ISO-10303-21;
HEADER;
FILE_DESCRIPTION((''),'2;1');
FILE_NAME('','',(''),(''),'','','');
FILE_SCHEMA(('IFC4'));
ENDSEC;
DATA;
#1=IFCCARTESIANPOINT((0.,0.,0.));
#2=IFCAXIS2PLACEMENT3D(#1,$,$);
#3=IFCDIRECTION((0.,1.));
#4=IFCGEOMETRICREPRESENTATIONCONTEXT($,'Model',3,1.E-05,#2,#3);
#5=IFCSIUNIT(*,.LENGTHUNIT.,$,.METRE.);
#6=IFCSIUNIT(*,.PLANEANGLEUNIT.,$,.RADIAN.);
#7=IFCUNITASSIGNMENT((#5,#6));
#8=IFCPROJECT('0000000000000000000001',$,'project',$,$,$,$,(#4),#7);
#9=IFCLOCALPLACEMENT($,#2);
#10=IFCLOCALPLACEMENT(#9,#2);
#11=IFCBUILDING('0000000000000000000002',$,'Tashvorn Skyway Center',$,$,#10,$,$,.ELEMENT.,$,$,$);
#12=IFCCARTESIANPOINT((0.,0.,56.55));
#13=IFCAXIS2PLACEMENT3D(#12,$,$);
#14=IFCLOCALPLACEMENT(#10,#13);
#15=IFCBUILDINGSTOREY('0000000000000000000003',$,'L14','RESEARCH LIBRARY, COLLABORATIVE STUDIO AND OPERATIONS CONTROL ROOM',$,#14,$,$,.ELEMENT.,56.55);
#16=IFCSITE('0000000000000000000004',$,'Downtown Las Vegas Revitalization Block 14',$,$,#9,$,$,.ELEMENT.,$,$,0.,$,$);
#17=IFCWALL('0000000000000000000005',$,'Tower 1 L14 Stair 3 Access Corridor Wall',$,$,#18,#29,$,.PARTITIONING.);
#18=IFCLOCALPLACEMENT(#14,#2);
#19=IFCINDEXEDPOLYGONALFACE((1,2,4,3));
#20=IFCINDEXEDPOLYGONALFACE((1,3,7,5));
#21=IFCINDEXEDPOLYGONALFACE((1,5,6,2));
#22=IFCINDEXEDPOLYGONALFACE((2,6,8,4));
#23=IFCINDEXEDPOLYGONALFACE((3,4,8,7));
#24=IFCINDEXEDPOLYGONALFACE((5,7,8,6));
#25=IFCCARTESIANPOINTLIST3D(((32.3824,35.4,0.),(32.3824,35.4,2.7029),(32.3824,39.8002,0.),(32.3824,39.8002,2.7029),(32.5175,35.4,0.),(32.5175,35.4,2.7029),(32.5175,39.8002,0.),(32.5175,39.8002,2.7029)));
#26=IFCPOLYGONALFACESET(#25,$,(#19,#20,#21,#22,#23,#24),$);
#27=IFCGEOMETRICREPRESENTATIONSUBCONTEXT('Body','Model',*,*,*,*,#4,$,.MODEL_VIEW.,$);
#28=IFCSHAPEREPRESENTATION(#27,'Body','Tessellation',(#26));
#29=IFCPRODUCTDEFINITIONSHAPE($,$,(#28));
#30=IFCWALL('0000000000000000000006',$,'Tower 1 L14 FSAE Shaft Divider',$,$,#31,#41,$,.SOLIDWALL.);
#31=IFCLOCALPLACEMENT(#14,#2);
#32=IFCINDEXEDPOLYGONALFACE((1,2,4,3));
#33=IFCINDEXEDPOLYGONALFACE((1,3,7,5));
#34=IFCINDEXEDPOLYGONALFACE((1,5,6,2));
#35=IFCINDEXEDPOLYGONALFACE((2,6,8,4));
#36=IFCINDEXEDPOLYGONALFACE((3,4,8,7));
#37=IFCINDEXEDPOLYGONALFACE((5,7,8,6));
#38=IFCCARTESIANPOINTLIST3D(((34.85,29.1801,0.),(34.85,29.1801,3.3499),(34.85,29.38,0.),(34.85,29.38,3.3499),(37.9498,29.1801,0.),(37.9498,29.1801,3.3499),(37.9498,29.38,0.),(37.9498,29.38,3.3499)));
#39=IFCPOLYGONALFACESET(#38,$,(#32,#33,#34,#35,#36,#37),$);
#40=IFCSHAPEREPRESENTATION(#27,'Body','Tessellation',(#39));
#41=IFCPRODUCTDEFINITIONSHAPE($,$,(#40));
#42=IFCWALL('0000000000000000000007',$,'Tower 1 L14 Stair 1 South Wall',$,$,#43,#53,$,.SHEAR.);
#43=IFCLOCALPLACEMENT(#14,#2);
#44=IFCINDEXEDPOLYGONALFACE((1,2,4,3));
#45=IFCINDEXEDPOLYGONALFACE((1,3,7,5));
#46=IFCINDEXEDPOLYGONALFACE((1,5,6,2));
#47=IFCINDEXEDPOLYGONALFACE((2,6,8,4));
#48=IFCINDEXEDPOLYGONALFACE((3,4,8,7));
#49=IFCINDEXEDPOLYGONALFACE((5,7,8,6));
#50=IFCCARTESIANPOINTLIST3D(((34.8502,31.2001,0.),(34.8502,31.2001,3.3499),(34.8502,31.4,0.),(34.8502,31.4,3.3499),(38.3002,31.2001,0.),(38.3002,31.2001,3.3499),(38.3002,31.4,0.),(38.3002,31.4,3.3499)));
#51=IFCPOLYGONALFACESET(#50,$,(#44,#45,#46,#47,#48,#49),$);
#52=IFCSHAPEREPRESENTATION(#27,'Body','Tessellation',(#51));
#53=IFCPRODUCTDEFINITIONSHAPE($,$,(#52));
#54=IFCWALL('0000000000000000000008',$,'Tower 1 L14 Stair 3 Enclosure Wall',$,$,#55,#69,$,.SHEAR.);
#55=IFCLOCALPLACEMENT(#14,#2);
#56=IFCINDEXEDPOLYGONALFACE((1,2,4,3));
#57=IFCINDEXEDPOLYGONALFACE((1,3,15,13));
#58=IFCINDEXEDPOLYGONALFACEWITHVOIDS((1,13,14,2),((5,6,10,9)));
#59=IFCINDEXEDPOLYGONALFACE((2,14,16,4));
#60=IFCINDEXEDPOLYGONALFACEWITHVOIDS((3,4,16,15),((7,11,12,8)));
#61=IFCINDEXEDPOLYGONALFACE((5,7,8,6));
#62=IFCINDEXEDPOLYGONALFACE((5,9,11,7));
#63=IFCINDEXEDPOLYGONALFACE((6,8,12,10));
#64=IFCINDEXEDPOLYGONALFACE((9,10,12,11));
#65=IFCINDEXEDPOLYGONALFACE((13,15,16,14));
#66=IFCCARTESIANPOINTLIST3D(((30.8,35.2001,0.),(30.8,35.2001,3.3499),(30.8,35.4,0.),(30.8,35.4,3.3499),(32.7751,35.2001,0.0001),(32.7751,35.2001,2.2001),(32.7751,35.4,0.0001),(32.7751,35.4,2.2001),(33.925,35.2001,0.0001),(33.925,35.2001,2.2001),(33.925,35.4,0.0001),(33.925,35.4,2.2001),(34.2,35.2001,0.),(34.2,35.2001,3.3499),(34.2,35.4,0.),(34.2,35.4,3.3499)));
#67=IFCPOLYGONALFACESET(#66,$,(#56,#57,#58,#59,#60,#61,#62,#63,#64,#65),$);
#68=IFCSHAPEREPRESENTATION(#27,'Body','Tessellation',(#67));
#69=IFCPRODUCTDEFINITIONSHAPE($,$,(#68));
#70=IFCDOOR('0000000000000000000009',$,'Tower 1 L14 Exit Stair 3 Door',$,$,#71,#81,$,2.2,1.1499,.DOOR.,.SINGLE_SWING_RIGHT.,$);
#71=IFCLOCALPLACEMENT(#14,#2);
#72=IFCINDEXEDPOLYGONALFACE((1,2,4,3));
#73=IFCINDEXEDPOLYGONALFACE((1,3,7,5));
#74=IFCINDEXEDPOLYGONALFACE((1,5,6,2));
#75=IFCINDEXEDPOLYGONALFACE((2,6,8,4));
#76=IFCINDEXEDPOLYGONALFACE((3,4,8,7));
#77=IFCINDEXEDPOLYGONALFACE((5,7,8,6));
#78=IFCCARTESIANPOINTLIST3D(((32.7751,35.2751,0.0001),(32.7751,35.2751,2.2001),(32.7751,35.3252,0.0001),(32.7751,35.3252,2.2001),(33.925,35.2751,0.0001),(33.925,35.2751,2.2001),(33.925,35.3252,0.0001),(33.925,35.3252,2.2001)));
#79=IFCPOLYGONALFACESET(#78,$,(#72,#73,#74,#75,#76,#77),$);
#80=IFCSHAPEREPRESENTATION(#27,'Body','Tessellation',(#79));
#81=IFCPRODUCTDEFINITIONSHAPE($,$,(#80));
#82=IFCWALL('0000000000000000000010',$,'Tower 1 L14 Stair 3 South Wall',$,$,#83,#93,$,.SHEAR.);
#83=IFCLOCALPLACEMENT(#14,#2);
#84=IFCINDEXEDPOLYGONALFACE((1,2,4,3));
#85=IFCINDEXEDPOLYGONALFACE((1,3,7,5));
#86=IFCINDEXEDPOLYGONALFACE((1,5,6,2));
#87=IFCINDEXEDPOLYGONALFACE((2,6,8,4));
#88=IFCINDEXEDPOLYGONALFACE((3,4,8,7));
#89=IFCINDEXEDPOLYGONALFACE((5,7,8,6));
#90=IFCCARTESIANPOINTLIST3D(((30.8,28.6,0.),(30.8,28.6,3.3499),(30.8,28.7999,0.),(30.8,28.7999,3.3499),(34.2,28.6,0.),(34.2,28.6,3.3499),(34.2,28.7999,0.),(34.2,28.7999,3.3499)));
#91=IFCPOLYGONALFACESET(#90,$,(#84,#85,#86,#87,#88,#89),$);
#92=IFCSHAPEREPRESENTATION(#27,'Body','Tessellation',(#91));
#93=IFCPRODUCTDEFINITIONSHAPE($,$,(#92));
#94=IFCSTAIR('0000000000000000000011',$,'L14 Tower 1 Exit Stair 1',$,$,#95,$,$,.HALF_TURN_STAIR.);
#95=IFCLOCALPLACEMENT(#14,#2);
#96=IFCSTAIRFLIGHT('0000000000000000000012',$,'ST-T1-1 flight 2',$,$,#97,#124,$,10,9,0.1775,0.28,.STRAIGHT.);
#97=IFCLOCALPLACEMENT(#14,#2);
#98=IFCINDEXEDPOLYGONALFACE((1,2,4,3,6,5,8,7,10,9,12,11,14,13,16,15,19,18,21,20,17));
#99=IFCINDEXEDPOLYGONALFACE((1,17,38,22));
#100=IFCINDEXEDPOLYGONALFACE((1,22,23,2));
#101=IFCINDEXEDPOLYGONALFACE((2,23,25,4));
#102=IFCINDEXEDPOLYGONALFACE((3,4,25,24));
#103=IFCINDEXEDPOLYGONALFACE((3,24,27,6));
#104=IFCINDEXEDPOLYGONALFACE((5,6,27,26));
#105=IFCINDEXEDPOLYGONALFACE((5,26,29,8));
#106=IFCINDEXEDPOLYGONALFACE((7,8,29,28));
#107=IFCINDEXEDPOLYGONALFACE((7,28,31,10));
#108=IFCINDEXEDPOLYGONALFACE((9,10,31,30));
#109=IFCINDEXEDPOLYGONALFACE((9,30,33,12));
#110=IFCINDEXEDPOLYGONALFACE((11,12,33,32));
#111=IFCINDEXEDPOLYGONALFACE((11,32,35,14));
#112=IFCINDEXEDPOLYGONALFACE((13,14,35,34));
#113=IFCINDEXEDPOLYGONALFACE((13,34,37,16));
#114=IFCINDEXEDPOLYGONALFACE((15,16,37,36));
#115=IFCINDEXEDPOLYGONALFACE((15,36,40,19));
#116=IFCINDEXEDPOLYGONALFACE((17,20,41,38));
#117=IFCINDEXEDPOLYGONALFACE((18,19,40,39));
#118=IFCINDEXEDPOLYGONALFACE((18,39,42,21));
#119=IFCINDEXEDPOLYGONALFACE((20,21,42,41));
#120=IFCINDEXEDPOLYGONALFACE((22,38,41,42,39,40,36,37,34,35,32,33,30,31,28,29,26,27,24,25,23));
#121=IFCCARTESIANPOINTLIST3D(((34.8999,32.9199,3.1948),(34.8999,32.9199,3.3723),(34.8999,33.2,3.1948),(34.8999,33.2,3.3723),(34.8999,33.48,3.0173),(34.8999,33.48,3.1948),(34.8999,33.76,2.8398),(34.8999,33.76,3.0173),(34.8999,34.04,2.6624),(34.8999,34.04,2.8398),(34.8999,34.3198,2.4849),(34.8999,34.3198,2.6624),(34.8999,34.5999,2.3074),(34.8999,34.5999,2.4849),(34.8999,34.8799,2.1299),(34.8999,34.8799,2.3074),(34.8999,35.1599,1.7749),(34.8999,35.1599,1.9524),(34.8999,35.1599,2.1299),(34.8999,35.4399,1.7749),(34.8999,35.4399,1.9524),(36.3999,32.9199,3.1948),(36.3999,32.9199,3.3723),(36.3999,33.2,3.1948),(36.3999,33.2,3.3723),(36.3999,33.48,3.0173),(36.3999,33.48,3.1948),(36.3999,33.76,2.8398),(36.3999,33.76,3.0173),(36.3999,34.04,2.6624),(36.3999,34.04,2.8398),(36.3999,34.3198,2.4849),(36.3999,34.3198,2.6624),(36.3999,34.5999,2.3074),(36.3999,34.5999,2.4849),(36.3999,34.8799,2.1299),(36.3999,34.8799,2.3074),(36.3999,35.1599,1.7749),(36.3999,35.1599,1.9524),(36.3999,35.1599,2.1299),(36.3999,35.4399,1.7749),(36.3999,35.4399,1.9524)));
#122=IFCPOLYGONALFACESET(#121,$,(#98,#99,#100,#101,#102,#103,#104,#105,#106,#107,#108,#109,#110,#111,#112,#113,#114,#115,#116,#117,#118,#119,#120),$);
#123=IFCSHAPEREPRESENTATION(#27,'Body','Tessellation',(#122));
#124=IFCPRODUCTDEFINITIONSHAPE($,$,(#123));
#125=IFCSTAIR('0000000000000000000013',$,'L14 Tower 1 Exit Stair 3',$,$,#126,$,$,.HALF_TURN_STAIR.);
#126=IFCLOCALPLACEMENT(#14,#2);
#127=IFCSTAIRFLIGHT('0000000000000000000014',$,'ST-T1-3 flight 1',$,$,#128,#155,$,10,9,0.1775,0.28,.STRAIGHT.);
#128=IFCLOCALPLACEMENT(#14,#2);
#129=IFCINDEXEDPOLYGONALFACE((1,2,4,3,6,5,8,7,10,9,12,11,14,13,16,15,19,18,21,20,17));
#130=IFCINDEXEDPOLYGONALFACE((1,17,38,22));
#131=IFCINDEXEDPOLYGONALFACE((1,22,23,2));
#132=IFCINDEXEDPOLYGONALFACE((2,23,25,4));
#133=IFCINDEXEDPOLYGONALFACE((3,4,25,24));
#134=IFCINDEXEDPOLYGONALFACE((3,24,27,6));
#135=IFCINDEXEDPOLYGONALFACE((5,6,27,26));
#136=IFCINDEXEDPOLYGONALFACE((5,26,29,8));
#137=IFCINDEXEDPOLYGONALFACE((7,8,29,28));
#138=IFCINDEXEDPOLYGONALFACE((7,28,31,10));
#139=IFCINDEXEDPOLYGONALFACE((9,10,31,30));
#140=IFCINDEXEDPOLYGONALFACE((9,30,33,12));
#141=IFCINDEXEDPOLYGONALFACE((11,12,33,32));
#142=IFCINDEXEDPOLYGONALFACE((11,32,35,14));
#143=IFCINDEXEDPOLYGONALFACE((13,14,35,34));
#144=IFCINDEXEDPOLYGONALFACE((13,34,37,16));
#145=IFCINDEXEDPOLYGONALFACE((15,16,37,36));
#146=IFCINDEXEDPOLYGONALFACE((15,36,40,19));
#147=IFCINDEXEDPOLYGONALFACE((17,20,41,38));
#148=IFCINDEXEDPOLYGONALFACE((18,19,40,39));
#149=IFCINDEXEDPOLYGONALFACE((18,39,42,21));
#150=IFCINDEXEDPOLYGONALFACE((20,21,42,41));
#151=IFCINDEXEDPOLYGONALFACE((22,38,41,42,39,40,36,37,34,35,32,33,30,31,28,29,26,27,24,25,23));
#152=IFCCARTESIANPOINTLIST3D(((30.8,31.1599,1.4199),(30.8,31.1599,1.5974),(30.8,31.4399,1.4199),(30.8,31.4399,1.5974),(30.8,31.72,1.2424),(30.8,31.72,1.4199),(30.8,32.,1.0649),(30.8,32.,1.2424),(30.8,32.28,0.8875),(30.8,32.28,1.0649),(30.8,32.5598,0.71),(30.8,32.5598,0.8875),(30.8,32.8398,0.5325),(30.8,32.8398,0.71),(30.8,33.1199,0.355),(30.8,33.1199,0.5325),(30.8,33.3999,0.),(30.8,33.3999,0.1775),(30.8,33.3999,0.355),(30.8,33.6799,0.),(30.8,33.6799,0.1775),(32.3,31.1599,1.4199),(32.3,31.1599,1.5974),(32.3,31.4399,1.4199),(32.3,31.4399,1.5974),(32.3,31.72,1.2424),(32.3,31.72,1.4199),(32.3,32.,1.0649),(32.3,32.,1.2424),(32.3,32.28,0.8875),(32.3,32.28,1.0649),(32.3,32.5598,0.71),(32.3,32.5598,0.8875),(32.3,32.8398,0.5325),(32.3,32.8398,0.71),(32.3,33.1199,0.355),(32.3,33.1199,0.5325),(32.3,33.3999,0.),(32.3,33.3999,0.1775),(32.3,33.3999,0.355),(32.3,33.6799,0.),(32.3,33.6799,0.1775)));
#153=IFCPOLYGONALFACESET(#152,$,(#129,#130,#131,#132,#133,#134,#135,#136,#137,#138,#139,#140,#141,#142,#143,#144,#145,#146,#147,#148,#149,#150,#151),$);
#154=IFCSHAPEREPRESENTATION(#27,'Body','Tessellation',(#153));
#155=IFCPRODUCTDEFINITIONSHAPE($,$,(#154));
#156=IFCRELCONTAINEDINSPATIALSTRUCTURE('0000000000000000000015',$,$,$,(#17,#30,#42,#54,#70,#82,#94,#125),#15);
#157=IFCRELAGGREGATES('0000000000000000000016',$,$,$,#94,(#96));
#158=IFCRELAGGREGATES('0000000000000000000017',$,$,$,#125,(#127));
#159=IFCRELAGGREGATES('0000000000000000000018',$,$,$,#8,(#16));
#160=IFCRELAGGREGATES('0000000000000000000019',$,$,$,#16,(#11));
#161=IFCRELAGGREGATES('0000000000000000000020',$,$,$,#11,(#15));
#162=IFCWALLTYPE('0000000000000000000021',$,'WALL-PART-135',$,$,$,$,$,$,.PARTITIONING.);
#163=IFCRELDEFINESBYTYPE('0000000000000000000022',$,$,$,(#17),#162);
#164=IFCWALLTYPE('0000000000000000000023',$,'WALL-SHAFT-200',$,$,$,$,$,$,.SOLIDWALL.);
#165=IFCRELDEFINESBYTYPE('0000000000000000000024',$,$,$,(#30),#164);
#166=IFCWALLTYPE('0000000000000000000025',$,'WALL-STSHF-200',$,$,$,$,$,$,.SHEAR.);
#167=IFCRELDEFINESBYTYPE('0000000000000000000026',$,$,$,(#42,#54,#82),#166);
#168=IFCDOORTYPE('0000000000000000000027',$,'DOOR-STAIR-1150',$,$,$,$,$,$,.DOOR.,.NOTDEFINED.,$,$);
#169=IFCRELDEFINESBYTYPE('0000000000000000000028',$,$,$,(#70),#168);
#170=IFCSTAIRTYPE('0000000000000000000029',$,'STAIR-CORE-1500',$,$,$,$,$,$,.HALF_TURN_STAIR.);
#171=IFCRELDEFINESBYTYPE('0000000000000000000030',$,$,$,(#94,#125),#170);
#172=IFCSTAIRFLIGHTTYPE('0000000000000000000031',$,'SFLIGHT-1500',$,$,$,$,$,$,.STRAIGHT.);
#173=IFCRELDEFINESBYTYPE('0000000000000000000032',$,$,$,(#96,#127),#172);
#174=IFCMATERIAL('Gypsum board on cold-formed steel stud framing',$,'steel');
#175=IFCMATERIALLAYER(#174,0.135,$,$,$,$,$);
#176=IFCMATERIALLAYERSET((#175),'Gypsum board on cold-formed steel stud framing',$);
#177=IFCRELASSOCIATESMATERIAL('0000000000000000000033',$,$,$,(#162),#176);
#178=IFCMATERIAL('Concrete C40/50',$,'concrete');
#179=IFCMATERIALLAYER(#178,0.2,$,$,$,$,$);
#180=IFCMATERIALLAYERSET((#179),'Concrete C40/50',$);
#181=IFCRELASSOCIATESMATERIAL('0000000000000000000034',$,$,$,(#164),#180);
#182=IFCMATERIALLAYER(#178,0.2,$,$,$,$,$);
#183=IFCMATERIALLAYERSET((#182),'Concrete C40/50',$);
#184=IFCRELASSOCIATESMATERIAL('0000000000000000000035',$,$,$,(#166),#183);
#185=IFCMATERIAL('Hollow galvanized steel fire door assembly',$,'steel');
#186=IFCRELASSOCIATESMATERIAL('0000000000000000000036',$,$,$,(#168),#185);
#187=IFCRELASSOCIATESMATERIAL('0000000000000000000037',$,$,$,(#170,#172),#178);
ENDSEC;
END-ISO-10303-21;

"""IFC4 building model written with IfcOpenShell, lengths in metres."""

from ifc_helpers import new_model, si_unit, direction, frame, frame_2d, origin, place, context, subcontext, project, spatial, polyline, rectangle, outline, extrude, material, layer, layer_set, type_object, element, fill, aggregate, save


model = new_model("IFC4")

# Units and contexts
model_context = context("Model", 3, precision=1e-05, world=origin(), true_north=direction((0.0, 1.0)))
body_context = subcontext(model_context, "Body", "Model", "MODEL_VIEW")
ifc_project = project(units=[si_unit("LENGTHUNIT", "METRE"), si_unit("PLANEANGLEUNIT", "RADIAN")], contexts=[model_context])

# Site, building, storey
site_placement = place(None, origin())
site = spatial("IfcSite", under=ifc_project, at=site_placement, Name="Downtown Las Vegas Revitalization Block 14", CompositionType="ELEMENT", RefElevation=0.0)
building_placement = place(site_placement, origin())
building = spatial("IfcBuilding", under=site, at=building_placement, Name="Tashvorn Skyway Center", CompositionType="ELEMENT")
storey_placement = place(building_placement, frame((0.0, 0.0, 56.55)))
storey = spatial("IfcBuildingStorey", under=building, at=storey_placement, Name="L14", Description="RESEARCH LIBRARY, COLLABORATIVE STUDIO AND OPERATIONS CONTROL ROOM", CompositionType="ELEMENT", Elevation=56.55)

# Walls
ifc_material_1 = material(Name="Gypsum board on cold-formed steel stud framing", Category="steel")
ifc_layer_1 = layer(ifc_material_1, 0.135)
ifc_layer_set_1 = layer_set([ifc_layer_1], Name="Gypsum board on cold-formed steel stud framing")
wall_type_1 = type_object("IfcWallType", Name="WALL-PART-135", PredefinedType="PARTITIONING", material=ifc_layer_set_1)
wall_1_placement = place(storey_placement, frame((32.45, 35.3999, 0.0), z_axis=(0.0, 0.0, 1.0), x_axis=(0.0, 1.0, 0.0)))
element("IfcWall", 1, at=wall_1_placement, inside=storey, type_object=wall_type_1, Name="Tower 1 L14 Stair 3 Access Corridor Wall", PredefinedType="PARTITIONING", context=body_context, shape_type="SweptSolid", body=[
    extrude(rectangle(XDim=4.4001, YDim=0.135, at=frame_2d((2.2002, 0.0))), origin(), (0.0, 0.0, 1.0), 2.7029),
])
ifc_material_2 = material(Name="Concrete C40/50", Category="concrete")
ifc_layer_2 = layer(ifc_material_2, 0.2)
ifc_layer_set_2 = layer_set([ifc_layer_2], Name="Concrete C40/50")
wall_type_2 = type_object("IfcWallType", Name="WALL-SHAFT-200", PredefinedType="SOLIDWALL", material=ifc_layer_set_2)
wall_2_placement = place(storey_placement, frame((34.8501, 29.28, 0.0), z_axis=(0.0, 0.0, 1.0), x_axis=(1.0, 0.0, 0.0)))
element("IfcWall", 2, at=wall_2_placement, inside=storey, type_object=wall_type_2, Name="Tower 1 L14 FSAE Shaft Divider", PredefinedType="SOLIDWALL", context=body_context, shape_type="SweptSolid", body=[
    extrude(rectangle(XDim=3.0999, YDim=0.2, at=frame_2d((1.5498, 0.0))), origin(), (0.0, 0.0, 1.0), 3.3499),
])
ifc_layer_3 = layer(ifc_material_2, 0.2)
ifc_layer_set_3 = layer_set([ifc_layer_3], Name="Concrete C40/50")
wall_type_3 = type_object("IfcWallType", Name="WALL-STSHF-200", PredefinedType="SHEAR", material=ifc_layer_set_3)
wall_3_placement = place(storey_placement, frame((34.8501, 31.3, 0.0), z_axis=(0.0, 0.0, 1.0), x_axis=(1.0, 0.0, 0.0)))
element("IfcWall", 3, at=wall_3_placement, inside=storey, type_object=wall_type_3, Name="Tower 1 L14 Stair 1 South Wall", PredefinedType="SHEAR", context=body_context, shape_type="SweptSolid", body=[
    extrude(rectangle(XDim=3.45, YDim=0.2, at=frame_2d((1.7251, 0.0))), origin(), (0.0, 0.0, 1.0), 3.3499),
])

# Wall, opening, door
wall_4_placement = place(storey_placement, frame((34.2, 35.3, 0.0), z_axis=(0.0, 0.0, 1.0), x_axis=(-1.0, 0.0, 0.0)))
wall_4 = element("IfcWall", 4, at=wall_4_placement, inside=storey, type_object=wall_type_3, Name="Tower 1 L14 Stair 3 Enclosure Wall", PredefinedType="SHEAR", context=body_context, shape_type="SweptSolid", body=[
    extrude(rectangle(XDim=3.3999, YDim=0.2, at=frame_2d((1.7, 0.0))), origin(), (0.0, 0.0, 1.0), 3.3499),
])
opening_placement = place(wall_4_placement, frame((0.2749, 0.0, 0.0)))
opening = element("IfcOpeningElement", 5, at=opening_placement, cuts=wall_4, PredefinedType="OPENING", context=body_context, shape_type="SweptSolid", body=[
    extrude(rectangle(XDim=1.1499, YDim=2.2, at=frame_2d((0.575, 1.1001))), frame((0.0, 0.1099, 0.0), z_axis=(0.0, -1.0, 0.0), x_axis=(1.0, 0.0, 0.0)), (0.0, 0.0, 1.0), 0.22),
])
ifc_material_3 = material(Name="Hollow galvanized steel fire door assembly", Category="steel")
door_type = type_object("IfcDoorType", Name="DOOR-STAIR-1150", OperationType="NOTDEFINED", PredefinedType="DOOR", material=ifc_material_3)
door_placement = place(opening_placement, origin())
door = element("IfcDoor", 6, at=door_placement, inside=storey, type_object=door_type, Name="Tower 1 L14 Exit Stair 3 Door", OperationType="SINGLE_SWING_RIGHT", OverallHeight=2.2, OverallWidth=1.1499, PredefinedType="DOOR", context=body_context, shape_type="SweptSolid", body=[
    extrude(rectangle(XDim=1.1499, YDim=2.2, at=frame_2d((0.575, 1.1001))), frame((0.0, 0.0249, 0.0), z_axis=(0.0, -1.0, 0.0), x_axis=(1.0, 0.0, 0.0)), (0.0, 0.0, 1.0), 0.05),
])
fill(opening, door)

# Wall
wall_5_placement = place(storey_placement, frame((30.8, 28.7, 0.0), z_axis=(0.0, 0.0, 1.0), x_axis=(1.0, 0.0, 0.0)))
element("IfcWall", 7, at=wall_5_placement, inside=storey, type_object=wall_type_3, Name="Tower 1 L14 Stair 3 South Wall", PredefinedType="SHEAR", context=body_context, shape_type="SweptSolid", body=[
    extrude(rectangle(XDim=3.3999, YDim=0.2, at=frame_2d((1.7, 0.0))), origin(), (0.0, 0.0, 1.0), 3.3499),
])

# Stair, stair flight
stair_type = type_object("IfcStairType", Name="STAIR-CORE-1500", PredefinedType="HALF_TURN_STAIR", material=ifc_material_2)
stair_1_placement = place(storey_placement, origin())
stair_1 = element("IfcStair", 8, at=stair_1_placement, inside=storey, type_object=stair_type, Name="L14 Tower 1 Exit Stair 1", PredefinedType="HALF_TURN_STAIR")
stair_flight_type = type_object("IfcStairFlightType", Name="SFLIGHT-1500", PredefinedType="STRAIGHT", material=ifc_material_2)
stair_flight_1_placement = place(storey_placement, frame((35.6499, 35.4399, 1.7749), z_axis=(0.0, 0.0, 1.0), x_axis=(0.0, -1.0, 0.0)))
stair_flight_1 = element("IfcStairFlight", 9, at=stair_flight_1_placement, type_object=stair_flight_type, Name="ST-T1-1 flight 2", NumberOfRisers=10, NumberOfTreads=9, PredefinedType="STRAIGHT", RiserHeight=0.1775, TreadLength=0.28, context=body_context, shape_type="SweptSolid", body=[
    extrude(outline(polyline([(0.0, 0.0), (0.0, 0.1775), (0.28, 0.1775), (0.28, 0.355), (0.5601, 0.355), (0.5601, 0.5325), (0.8401, 0.5325), (0.8401, 0.71), (1.1201, 0.71), (1.1201, 0.8875), (1.3999, 0.8875), (1.3999, 1.0649), (1.6799, 1.0649), (1.6799, 1.2424), (1.96, 1.2424), (1.96, 1.4199), (2.24, 1.4199), (2.24, 1.5974), (2.52, 1.5974), (2.52, 1.7749), (2.52, 1.4199), (0.28, 0.0), (0.0, 0.0)])), frame((0.0, 0.75, 0.0), z_axis=(0.0, -1.0, 0.0), x_axis=(1.0, 0.0, 0.0)), (0.0, 0.0, 1.0), 1.5),
])
aggregate(stair_1, [stair_flight_1])

# Stair, stair flight
stair_2_placement = place(storey_placement, origin())
stair_2 = element("IfcStair", 10, at=stair_2_placement, inside=storey, type_object=stair_type, Name="L14 Tower 1 Exit Stair 3", PredefinedType="HALF_TURN_STAIR")
stair_flight_2_placement = place(storey_placement, frame((31.55, 33.6799, 0.0), z_axis=(0.0, 0.0, 1.0), x_axis=(0.0, -1.0, 0.0)))
stair_flight_2 = element("IfcStairFlight", 11, at=stair_flight_2_placement, type_object=stair_flight_type, Name="ST-T1-3 flight 1", NumberOfRisers=10, NumberOfTreads=9, PredefinedType="STRAIGHT", RiserHeight=0.1775, TreadLength=0.28, context=body_context, shape_type="SweptSolid", body=[
    extrude(outline(polyline([(0.0, 0.0), (0.0, 0.1775), (0.28, 0.1775), (0.28, 0.355), (0.5601, 0.355), (0.5601, 0.5325), (0.8401, 0.5325), (0.8401, 0.71), (1.1201, 0.71), (1.1201, 0.8875), (1.3999, 0.8875), (1.3999, 1.0649), (1.6799, 1.0649), (1.6799, 1.2424), (1.96, 1.2424), (1.96, 1.4199), (2.24, 1.4199), (2.24, 1.5974), (2.52, 1.5974), (2.52, 1.7749), (2.52, 1.4199), (0.28, 0.0), (0.0, 0.0)])), frame((0.0, 0.75, 0.0), z_axis=(0.0, -1.0, 0.0), x_axis=(1.0, 0.0, 0.0)), (0.0, 0.0, 1.0), 1.5),
])
aggregate(stair_2, [stair_flight_2])

save(model, "model.ifc")
